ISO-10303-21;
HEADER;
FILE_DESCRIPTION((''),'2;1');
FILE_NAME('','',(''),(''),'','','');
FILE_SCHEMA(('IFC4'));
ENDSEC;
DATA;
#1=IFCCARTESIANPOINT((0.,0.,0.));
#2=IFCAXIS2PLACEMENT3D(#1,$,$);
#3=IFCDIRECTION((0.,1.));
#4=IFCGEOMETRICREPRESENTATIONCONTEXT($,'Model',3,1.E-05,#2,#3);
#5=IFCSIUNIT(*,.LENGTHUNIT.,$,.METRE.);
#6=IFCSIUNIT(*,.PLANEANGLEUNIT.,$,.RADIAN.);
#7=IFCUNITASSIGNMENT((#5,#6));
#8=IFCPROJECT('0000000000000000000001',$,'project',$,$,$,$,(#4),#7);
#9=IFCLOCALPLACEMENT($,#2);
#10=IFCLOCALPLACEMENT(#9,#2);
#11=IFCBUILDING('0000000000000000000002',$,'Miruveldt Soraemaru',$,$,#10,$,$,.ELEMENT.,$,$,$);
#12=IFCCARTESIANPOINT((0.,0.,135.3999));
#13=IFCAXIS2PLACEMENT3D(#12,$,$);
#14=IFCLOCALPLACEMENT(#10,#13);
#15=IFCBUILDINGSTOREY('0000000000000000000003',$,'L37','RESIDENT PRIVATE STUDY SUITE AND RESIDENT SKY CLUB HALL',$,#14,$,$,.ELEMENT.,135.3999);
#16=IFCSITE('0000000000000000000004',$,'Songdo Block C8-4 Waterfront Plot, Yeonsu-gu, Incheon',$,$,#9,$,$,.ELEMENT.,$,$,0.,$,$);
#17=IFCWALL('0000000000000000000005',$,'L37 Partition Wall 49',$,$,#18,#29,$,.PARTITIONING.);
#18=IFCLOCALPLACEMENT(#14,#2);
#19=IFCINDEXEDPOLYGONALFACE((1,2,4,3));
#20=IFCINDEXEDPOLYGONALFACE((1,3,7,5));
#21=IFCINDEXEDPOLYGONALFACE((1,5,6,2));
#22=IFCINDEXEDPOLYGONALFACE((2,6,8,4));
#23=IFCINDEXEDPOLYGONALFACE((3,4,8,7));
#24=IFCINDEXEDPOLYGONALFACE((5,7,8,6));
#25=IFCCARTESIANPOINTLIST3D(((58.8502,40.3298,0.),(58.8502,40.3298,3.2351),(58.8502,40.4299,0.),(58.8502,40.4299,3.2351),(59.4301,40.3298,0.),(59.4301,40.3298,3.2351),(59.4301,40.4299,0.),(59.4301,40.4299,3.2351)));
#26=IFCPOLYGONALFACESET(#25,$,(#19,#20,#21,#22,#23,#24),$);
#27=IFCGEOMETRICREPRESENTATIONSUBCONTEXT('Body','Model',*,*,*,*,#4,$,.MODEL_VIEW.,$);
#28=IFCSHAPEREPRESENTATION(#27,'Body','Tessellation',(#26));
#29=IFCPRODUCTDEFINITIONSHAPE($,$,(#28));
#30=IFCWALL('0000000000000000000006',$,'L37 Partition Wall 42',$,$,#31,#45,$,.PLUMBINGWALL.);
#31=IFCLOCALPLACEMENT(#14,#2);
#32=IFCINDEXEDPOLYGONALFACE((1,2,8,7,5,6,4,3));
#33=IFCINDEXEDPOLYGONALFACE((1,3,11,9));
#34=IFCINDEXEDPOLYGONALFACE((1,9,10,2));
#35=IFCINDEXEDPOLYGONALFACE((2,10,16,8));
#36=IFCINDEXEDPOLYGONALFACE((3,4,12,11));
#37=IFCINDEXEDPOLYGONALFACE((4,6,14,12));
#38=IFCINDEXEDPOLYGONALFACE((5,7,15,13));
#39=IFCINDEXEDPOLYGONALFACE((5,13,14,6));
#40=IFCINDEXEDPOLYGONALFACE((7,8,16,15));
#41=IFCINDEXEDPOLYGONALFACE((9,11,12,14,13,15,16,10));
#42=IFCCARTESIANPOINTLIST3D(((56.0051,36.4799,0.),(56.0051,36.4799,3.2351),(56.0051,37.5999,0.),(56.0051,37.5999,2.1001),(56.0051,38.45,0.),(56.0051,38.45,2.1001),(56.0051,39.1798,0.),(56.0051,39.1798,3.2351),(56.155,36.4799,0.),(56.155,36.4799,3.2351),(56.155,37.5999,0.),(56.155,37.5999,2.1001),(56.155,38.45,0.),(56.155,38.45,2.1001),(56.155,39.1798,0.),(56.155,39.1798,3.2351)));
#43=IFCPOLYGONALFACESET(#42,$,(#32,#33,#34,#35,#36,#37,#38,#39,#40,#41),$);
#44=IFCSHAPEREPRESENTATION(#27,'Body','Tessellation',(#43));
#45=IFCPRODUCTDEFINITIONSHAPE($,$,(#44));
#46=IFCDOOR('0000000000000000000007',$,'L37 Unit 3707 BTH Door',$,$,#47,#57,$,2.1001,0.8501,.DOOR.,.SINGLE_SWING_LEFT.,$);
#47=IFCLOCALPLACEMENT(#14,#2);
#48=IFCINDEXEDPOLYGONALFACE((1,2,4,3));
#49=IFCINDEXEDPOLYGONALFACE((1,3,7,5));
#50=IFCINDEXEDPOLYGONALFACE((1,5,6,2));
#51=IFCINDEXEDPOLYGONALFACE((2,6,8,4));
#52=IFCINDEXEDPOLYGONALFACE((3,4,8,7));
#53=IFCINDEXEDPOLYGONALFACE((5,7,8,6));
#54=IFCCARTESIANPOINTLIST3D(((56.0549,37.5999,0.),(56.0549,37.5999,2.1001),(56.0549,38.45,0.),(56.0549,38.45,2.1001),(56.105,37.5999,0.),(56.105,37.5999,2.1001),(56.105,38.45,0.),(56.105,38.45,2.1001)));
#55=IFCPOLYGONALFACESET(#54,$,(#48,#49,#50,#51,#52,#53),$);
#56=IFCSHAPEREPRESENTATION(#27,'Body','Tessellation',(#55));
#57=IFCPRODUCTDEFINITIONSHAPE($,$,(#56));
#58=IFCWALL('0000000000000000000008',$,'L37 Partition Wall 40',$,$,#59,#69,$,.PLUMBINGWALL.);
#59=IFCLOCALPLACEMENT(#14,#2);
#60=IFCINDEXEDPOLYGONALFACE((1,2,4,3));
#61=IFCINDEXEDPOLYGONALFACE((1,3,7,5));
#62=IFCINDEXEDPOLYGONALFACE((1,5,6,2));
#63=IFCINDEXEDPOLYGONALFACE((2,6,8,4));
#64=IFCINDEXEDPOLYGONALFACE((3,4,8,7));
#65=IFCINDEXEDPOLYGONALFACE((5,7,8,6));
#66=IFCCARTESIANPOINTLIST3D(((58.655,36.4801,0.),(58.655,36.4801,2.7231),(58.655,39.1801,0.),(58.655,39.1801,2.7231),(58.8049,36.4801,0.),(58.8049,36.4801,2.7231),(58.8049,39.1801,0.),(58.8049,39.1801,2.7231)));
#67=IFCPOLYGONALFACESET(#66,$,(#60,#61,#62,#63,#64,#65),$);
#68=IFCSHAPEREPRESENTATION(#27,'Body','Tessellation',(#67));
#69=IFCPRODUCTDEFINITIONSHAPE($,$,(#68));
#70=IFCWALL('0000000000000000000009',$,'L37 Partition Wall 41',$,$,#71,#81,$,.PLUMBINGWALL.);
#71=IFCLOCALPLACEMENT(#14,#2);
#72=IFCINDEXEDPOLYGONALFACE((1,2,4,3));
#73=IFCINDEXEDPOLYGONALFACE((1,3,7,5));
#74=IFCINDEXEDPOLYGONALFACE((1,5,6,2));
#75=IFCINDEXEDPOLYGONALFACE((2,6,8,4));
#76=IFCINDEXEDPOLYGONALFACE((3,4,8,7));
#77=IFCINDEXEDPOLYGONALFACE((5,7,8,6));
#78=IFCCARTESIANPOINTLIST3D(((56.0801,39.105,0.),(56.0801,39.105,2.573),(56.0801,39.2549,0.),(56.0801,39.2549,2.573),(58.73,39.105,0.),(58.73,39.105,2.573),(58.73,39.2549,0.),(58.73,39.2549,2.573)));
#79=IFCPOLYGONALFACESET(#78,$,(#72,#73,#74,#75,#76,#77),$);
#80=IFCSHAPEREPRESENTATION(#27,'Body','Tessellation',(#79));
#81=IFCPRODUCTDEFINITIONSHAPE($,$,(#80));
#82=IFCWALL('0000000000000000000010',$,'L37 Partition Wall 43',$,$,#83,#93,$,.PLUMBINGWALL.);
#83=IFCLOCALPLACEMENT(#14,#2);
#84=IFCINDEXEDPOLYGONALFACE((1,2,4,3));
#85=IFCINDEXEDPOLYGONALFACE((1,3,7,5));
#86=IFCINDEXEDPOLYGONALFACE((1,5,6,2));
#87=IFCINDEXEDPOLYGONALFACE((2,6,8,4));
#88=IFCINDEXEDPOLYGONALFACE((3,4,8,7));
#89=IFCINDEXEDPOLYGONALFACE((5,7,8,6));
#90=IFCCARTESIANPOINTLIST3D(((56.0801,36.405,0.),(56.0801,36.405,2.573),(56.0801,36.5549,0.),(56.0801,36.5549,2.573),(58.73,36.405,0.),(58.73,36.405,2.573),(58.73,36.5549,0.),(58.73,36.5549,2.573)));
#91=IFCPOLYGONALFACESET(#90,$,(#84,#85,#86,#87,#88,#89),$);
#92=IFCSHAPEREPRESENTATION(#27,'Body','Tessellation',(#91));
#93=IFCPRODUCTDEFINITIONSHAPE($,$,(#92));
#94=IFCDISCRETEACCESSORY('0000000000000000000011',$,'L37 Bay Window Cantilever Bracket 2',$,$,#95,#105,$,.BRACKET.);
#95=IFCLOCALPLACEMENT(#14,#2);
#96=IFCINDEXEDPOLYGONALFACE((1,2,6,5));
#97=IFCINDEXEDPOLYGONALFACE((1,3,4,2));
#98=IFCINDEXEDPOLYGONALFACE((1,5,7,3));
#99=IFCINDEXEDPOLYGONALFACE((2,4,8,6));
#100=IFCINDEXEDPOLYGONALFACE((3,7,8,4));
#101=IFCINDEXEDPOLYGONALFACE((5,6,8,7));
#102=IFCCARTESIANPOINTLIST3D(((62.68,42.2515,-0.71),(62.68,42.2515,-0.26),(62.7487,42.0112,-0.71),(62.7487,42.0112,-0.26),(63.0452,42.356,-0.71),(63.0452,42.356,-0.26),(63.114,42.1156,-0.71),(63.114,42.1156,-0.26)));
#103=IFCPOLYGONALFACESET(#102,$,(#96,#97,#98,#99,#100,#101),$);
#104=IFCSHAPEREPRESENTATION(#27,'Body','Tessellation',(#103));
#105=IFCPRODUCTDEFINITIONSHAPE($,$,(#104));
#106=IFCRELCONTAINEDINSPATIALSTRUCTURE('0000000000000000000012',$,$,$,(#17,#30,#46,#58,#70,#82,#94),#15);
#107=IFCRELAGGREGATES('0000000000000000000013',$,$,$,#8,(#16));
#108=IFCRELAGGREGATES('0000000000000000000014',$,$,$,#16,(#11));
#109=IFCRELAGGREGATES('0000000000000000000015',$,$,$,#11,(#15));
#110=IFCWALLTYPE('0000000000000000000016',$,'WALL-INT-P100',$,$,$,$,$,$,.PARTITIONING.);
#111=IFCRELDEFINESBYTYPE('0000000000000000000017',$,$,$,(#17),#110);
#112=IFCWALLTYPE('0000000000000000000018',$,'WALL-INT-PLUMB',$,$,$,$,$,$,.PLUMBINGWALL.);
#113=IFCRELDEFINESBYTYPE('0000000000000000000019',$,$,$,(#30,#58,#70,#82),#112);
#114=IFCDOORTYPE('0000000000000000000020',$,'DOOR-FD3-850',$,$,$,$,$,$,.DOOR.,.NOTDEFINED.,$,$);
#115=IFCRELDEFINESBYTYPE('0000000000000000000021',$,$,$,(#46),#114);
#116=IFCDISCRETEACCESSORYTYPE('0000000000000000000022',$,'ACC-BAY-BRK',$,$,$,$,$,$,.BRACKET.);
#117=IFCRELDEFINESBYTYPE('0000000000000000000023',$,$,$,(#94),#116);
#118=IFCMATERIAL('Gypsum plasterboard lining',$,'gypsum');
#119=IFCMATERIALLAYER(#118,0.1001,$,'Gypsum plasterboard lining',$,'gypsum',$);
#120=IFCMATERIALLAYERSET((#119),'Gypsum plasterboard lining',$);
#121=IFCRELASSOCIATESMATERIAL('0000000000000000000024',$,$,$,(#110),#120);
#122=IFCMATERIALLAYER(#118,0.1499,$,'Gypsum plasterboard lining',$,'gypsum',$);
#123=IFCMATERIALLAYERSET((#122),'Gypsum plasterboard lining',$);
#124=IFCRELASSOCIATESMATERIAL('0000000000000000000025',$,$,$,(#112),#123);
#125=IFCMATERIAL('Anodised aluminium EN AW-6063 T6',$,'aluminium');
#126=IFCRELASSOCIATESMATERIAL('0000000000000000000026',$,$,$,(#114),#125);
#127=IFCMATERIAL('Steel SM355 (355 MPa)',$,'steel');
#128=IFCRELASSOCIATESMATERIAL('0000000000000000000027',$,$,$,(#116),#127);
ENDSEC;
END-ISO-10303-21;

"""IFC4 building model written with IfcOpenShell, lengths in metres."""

from ifc_helpers import new_model, si_unit, direction, frame, frame_2d, origin, origin_2d, place, context, subcontext, project, spatial, rectangle, extrude, material, layer, layer_set, type_object, element, fill, save


model = new_model("IFC4")

# Units and contexts
model_context = context("Model", 3, precision=1e-05, world=origin(), true_north=direction((0.0, 1.0)))
body_context = subcontext(model_context, "Body", "Model", "MODEL_VIEW")
ifc_project = project(units=[si_unit("LENGTHUNIT", "METRE"), si_unit("PLANEANGLEUNIT", "RADIAN")], contexts=[model_context])

# Site, building, storey
site_placement = place(None, origin())
site = spatial("IfcSite", under=ifc_project, at=site_placement, Name="Songdo Block C8-4 Waterfront Plot, Yeonsu-gu, Incheon", CompositionType="ELEMENT", RefElevation=0.0)
building_placement = place(site_placement, origin())
building = spatial("IfcBuilding", under=site, at=building_placement, Name="Miruveldt Soraemaru", CompositionType="ELEMENT")
storey_placement = place(building_placement, frame((0.0, 0.0, 135.3999)))
storey = spatial("IfcBuildingStorey", under=building, at=storey_placement, Name="L37", Description="RESIDENT PRIVATE STUDY SUITE AND RESIDENT SKY CLUB HALL", CompositionType="ELEMENT", Elevation=135.3999)

# Shared definitions
ifc_material_1 = material(Name="Steel SM355 (355 MPa)", Category="steel")

# Shared definitions
ifc_material_2 = material(Name="Anodised aluminium EN AW-6063 T6", Category="aluminium")

# Shared definitions
ifc_material_3 = material(Name="Gypsum plasterboard lining", Category="gypsum")
ifc_layer_1 = layer(ifc_material_3, 0.1001, Name="Gypsum plasterboard lining", Category="gypsum")
ifc_layer_set_1 = layer_set([ifc_layer_1], Name="Gypsum plasterboard lining")
wall_type_1 = type_object("IfcWallType", Name="WALL-INT-P100", PredefinedType="PARTITIONING", material=ifc_layer_set_1)

# Wall
wall_1_placement = place(storey_placement, frame((58.8501, 40.3799, 0.0), z_axis=(0.0, 0.0, 1.0), x_axis=(1.0, 0.0, 0.0)))
element("IfcWall", 1, at=wall_1_placement, inside=storey, type_object=wall_type_1, Name="L37 Partition Wall 49", PredefinedType="PARTITIONING", context=body_context, shape_type="SweptSolid", body=[
    extrude(rectangle(XDim=0.5798, YDim=0.1001, at=frame_2d((0.29, 0.0))), origin(), (0.0, 0.0, 1.0), 3.2351),
])

# Wall, opening, door
ifc_layer_2 = layer(ifc_material_3, 0.1499, Name="Gypsum plasterboard lining", Category="gypsum")
ifc_layer_set_2 = layer_set([ifc_layer_2], Name="Gypsum plasterboard lining")
wall_type_2 = type_object("IfcWallType", Name="WALL-INT-PLUMB", PredefinedType="PLUMBINGWALL", material=ifc_layer_set_2)
wall_2_placement = place(storey_placement, frame((56.0801, 39.1799, 0.0), z_axis=(0.0, 0.0, 1.0), x_axis=(0.0, -1.0, 0.0)))
wall_2 = element("IfcWall", 2, at=wall_2_placement, inside=storey, type_object=wall_type_2, Name="L37 Partition Wall 42", PredefinedType="PLUMBINGWALL", context=body_context, shape_type="SweptSolid", body=[
    extrude(rectangle(XDim=2.7, YDim=0.1499, at=frame_2d((1.3501, 0.0))), origin(), (0.0, 0.0, 1.0), 3.2351),
])
opening_1_placement = place(wall_2_placement, frame((0.73, 0.0, 0.0)))
opening_1 = element("IfcOpeningElement", 3, at=opening_1_placement, cuts=wall_2, PredefinedType="OPENING", context=body_context, shape_type="SweptSolid", body=[
    extrude(rectangle(XDim=0.8501, YDim=2.1001, at=frame_2d((0.425, 1.05))), frame((0.0, 0.085, 0.0), z_axis=(0.0, -1.0, 0.0), x_axis=(1.0, 0.0, 0.0)), (0.0, 0.0, 1.0), 0.1699),
])
door_type_1 = type_object("IfcDoorType", Name="DOOR-FD3-850", OperationType="NOTDEFINED", PredefinedType="DOOR", material=ifc_material_2)
door_1_placement = place(opening_1_placement, origin())
door_1 = element("IfcDoor", 4, at=door_1_placement, inside=storey, type_object=door_type_1, Name="L37 Unit 3707 BTH Door", OperationType="SINGLE_SWING_LEFT", OverallHeight=2.1001, OverallWidth=0.8501, PredefinedType="DOOR", context=body_context, shape_type="SweptSolid", body=[
    extrude(rectangle(XDim=0.8501, YDim=2.1001, at=frame_2d((0.425, 1.05))), frame((0.0, 0.0249, 0.0), z_axis=(0.0, -1.0, 0.0), x_axis=(1.0, 0.0, 0.0)), (0.0, 0.0, 1.0), 0.05),
])
fill(opening_1, door_1)

# Walls
wall_3_placement = place(storey_placement, frame((58.73, 36.48, 0.0), z_axis=(0.0, 0.0, 1.0), x_axis=(0.0, 1.0, 0.0)))
element("IfcWall", 5, at=wall_3_placement, inside=storey, type_object=wall_type_2, Name="L37 Partition Wall 40", PredefinedType="PLUMBINGWALL", context=body_context, shape_type="SweptSolid", body=[
    extrude(rectangle(XDim=2.7, YDim=0.1499, at=frame_2d((1.3501, 0.0))), origin(), (0.0, 0.0, 1.0), 2.7231),
])
for number, where, z_axis, x_axis, name in (
    (6, (58.73, 39.1799, 0.0), (0.0, 0.0, 1.0), (-1.0, 0.0, 0.0), "L37 Partition Wall 41"),
    (7, (56.0801, 36.48, 0.0), (0.0, 0.0, 1.0), (1.0, 0.0, 0.0), "L37 Partition Wall 43"),
):
    element("IfcWall", number, at=place(storey_placement, frame(where, z_axis=z_axis, x_axis=x_axis)), inside=storey, type_object=wall_type_2, Name=name, PredefinedType="PLUMBINGWALL", context=body_context, shape_type="SweptSolid", body=[
        extrude(rectangle(XDim=2.6499, YDim=0.1499, at=frame_2d((1.325, 0.0))), origin(), (0.0, 0.0, 1.0), 2.573),
    ])

# Discrete accessory
discrete_accessory_type = type_object("IfcDiscreteAccessoryType", Name="ACC-BAY-BRK", PredefinedType="BRACKET", material=ifc_material_1)
discrete_accessory_placement = place(storey_placement, frame((62.897, 42.1836, -0.71), z_axis=(0.0, 0.0, 1.0), x_axis=(0.961444, 0.275, 0.0)))
element("IfcDiscreteAccessory", 8, at=discrete_accessory_placement, inside=storey, type_object=discrete_accessory_type, Name="L37 Bay Window Cantilever Bracket 2", PredefinedType="BRACKET", context=body_context, shape_type="SweptSolid", body=[
    extrude(rectangle(XDim=0.3799, YDim=0.25, at=origin_2d()), origin(), (0.0, 0.0, 1.0), 0.45),
])

save(model, "model.ifc")
